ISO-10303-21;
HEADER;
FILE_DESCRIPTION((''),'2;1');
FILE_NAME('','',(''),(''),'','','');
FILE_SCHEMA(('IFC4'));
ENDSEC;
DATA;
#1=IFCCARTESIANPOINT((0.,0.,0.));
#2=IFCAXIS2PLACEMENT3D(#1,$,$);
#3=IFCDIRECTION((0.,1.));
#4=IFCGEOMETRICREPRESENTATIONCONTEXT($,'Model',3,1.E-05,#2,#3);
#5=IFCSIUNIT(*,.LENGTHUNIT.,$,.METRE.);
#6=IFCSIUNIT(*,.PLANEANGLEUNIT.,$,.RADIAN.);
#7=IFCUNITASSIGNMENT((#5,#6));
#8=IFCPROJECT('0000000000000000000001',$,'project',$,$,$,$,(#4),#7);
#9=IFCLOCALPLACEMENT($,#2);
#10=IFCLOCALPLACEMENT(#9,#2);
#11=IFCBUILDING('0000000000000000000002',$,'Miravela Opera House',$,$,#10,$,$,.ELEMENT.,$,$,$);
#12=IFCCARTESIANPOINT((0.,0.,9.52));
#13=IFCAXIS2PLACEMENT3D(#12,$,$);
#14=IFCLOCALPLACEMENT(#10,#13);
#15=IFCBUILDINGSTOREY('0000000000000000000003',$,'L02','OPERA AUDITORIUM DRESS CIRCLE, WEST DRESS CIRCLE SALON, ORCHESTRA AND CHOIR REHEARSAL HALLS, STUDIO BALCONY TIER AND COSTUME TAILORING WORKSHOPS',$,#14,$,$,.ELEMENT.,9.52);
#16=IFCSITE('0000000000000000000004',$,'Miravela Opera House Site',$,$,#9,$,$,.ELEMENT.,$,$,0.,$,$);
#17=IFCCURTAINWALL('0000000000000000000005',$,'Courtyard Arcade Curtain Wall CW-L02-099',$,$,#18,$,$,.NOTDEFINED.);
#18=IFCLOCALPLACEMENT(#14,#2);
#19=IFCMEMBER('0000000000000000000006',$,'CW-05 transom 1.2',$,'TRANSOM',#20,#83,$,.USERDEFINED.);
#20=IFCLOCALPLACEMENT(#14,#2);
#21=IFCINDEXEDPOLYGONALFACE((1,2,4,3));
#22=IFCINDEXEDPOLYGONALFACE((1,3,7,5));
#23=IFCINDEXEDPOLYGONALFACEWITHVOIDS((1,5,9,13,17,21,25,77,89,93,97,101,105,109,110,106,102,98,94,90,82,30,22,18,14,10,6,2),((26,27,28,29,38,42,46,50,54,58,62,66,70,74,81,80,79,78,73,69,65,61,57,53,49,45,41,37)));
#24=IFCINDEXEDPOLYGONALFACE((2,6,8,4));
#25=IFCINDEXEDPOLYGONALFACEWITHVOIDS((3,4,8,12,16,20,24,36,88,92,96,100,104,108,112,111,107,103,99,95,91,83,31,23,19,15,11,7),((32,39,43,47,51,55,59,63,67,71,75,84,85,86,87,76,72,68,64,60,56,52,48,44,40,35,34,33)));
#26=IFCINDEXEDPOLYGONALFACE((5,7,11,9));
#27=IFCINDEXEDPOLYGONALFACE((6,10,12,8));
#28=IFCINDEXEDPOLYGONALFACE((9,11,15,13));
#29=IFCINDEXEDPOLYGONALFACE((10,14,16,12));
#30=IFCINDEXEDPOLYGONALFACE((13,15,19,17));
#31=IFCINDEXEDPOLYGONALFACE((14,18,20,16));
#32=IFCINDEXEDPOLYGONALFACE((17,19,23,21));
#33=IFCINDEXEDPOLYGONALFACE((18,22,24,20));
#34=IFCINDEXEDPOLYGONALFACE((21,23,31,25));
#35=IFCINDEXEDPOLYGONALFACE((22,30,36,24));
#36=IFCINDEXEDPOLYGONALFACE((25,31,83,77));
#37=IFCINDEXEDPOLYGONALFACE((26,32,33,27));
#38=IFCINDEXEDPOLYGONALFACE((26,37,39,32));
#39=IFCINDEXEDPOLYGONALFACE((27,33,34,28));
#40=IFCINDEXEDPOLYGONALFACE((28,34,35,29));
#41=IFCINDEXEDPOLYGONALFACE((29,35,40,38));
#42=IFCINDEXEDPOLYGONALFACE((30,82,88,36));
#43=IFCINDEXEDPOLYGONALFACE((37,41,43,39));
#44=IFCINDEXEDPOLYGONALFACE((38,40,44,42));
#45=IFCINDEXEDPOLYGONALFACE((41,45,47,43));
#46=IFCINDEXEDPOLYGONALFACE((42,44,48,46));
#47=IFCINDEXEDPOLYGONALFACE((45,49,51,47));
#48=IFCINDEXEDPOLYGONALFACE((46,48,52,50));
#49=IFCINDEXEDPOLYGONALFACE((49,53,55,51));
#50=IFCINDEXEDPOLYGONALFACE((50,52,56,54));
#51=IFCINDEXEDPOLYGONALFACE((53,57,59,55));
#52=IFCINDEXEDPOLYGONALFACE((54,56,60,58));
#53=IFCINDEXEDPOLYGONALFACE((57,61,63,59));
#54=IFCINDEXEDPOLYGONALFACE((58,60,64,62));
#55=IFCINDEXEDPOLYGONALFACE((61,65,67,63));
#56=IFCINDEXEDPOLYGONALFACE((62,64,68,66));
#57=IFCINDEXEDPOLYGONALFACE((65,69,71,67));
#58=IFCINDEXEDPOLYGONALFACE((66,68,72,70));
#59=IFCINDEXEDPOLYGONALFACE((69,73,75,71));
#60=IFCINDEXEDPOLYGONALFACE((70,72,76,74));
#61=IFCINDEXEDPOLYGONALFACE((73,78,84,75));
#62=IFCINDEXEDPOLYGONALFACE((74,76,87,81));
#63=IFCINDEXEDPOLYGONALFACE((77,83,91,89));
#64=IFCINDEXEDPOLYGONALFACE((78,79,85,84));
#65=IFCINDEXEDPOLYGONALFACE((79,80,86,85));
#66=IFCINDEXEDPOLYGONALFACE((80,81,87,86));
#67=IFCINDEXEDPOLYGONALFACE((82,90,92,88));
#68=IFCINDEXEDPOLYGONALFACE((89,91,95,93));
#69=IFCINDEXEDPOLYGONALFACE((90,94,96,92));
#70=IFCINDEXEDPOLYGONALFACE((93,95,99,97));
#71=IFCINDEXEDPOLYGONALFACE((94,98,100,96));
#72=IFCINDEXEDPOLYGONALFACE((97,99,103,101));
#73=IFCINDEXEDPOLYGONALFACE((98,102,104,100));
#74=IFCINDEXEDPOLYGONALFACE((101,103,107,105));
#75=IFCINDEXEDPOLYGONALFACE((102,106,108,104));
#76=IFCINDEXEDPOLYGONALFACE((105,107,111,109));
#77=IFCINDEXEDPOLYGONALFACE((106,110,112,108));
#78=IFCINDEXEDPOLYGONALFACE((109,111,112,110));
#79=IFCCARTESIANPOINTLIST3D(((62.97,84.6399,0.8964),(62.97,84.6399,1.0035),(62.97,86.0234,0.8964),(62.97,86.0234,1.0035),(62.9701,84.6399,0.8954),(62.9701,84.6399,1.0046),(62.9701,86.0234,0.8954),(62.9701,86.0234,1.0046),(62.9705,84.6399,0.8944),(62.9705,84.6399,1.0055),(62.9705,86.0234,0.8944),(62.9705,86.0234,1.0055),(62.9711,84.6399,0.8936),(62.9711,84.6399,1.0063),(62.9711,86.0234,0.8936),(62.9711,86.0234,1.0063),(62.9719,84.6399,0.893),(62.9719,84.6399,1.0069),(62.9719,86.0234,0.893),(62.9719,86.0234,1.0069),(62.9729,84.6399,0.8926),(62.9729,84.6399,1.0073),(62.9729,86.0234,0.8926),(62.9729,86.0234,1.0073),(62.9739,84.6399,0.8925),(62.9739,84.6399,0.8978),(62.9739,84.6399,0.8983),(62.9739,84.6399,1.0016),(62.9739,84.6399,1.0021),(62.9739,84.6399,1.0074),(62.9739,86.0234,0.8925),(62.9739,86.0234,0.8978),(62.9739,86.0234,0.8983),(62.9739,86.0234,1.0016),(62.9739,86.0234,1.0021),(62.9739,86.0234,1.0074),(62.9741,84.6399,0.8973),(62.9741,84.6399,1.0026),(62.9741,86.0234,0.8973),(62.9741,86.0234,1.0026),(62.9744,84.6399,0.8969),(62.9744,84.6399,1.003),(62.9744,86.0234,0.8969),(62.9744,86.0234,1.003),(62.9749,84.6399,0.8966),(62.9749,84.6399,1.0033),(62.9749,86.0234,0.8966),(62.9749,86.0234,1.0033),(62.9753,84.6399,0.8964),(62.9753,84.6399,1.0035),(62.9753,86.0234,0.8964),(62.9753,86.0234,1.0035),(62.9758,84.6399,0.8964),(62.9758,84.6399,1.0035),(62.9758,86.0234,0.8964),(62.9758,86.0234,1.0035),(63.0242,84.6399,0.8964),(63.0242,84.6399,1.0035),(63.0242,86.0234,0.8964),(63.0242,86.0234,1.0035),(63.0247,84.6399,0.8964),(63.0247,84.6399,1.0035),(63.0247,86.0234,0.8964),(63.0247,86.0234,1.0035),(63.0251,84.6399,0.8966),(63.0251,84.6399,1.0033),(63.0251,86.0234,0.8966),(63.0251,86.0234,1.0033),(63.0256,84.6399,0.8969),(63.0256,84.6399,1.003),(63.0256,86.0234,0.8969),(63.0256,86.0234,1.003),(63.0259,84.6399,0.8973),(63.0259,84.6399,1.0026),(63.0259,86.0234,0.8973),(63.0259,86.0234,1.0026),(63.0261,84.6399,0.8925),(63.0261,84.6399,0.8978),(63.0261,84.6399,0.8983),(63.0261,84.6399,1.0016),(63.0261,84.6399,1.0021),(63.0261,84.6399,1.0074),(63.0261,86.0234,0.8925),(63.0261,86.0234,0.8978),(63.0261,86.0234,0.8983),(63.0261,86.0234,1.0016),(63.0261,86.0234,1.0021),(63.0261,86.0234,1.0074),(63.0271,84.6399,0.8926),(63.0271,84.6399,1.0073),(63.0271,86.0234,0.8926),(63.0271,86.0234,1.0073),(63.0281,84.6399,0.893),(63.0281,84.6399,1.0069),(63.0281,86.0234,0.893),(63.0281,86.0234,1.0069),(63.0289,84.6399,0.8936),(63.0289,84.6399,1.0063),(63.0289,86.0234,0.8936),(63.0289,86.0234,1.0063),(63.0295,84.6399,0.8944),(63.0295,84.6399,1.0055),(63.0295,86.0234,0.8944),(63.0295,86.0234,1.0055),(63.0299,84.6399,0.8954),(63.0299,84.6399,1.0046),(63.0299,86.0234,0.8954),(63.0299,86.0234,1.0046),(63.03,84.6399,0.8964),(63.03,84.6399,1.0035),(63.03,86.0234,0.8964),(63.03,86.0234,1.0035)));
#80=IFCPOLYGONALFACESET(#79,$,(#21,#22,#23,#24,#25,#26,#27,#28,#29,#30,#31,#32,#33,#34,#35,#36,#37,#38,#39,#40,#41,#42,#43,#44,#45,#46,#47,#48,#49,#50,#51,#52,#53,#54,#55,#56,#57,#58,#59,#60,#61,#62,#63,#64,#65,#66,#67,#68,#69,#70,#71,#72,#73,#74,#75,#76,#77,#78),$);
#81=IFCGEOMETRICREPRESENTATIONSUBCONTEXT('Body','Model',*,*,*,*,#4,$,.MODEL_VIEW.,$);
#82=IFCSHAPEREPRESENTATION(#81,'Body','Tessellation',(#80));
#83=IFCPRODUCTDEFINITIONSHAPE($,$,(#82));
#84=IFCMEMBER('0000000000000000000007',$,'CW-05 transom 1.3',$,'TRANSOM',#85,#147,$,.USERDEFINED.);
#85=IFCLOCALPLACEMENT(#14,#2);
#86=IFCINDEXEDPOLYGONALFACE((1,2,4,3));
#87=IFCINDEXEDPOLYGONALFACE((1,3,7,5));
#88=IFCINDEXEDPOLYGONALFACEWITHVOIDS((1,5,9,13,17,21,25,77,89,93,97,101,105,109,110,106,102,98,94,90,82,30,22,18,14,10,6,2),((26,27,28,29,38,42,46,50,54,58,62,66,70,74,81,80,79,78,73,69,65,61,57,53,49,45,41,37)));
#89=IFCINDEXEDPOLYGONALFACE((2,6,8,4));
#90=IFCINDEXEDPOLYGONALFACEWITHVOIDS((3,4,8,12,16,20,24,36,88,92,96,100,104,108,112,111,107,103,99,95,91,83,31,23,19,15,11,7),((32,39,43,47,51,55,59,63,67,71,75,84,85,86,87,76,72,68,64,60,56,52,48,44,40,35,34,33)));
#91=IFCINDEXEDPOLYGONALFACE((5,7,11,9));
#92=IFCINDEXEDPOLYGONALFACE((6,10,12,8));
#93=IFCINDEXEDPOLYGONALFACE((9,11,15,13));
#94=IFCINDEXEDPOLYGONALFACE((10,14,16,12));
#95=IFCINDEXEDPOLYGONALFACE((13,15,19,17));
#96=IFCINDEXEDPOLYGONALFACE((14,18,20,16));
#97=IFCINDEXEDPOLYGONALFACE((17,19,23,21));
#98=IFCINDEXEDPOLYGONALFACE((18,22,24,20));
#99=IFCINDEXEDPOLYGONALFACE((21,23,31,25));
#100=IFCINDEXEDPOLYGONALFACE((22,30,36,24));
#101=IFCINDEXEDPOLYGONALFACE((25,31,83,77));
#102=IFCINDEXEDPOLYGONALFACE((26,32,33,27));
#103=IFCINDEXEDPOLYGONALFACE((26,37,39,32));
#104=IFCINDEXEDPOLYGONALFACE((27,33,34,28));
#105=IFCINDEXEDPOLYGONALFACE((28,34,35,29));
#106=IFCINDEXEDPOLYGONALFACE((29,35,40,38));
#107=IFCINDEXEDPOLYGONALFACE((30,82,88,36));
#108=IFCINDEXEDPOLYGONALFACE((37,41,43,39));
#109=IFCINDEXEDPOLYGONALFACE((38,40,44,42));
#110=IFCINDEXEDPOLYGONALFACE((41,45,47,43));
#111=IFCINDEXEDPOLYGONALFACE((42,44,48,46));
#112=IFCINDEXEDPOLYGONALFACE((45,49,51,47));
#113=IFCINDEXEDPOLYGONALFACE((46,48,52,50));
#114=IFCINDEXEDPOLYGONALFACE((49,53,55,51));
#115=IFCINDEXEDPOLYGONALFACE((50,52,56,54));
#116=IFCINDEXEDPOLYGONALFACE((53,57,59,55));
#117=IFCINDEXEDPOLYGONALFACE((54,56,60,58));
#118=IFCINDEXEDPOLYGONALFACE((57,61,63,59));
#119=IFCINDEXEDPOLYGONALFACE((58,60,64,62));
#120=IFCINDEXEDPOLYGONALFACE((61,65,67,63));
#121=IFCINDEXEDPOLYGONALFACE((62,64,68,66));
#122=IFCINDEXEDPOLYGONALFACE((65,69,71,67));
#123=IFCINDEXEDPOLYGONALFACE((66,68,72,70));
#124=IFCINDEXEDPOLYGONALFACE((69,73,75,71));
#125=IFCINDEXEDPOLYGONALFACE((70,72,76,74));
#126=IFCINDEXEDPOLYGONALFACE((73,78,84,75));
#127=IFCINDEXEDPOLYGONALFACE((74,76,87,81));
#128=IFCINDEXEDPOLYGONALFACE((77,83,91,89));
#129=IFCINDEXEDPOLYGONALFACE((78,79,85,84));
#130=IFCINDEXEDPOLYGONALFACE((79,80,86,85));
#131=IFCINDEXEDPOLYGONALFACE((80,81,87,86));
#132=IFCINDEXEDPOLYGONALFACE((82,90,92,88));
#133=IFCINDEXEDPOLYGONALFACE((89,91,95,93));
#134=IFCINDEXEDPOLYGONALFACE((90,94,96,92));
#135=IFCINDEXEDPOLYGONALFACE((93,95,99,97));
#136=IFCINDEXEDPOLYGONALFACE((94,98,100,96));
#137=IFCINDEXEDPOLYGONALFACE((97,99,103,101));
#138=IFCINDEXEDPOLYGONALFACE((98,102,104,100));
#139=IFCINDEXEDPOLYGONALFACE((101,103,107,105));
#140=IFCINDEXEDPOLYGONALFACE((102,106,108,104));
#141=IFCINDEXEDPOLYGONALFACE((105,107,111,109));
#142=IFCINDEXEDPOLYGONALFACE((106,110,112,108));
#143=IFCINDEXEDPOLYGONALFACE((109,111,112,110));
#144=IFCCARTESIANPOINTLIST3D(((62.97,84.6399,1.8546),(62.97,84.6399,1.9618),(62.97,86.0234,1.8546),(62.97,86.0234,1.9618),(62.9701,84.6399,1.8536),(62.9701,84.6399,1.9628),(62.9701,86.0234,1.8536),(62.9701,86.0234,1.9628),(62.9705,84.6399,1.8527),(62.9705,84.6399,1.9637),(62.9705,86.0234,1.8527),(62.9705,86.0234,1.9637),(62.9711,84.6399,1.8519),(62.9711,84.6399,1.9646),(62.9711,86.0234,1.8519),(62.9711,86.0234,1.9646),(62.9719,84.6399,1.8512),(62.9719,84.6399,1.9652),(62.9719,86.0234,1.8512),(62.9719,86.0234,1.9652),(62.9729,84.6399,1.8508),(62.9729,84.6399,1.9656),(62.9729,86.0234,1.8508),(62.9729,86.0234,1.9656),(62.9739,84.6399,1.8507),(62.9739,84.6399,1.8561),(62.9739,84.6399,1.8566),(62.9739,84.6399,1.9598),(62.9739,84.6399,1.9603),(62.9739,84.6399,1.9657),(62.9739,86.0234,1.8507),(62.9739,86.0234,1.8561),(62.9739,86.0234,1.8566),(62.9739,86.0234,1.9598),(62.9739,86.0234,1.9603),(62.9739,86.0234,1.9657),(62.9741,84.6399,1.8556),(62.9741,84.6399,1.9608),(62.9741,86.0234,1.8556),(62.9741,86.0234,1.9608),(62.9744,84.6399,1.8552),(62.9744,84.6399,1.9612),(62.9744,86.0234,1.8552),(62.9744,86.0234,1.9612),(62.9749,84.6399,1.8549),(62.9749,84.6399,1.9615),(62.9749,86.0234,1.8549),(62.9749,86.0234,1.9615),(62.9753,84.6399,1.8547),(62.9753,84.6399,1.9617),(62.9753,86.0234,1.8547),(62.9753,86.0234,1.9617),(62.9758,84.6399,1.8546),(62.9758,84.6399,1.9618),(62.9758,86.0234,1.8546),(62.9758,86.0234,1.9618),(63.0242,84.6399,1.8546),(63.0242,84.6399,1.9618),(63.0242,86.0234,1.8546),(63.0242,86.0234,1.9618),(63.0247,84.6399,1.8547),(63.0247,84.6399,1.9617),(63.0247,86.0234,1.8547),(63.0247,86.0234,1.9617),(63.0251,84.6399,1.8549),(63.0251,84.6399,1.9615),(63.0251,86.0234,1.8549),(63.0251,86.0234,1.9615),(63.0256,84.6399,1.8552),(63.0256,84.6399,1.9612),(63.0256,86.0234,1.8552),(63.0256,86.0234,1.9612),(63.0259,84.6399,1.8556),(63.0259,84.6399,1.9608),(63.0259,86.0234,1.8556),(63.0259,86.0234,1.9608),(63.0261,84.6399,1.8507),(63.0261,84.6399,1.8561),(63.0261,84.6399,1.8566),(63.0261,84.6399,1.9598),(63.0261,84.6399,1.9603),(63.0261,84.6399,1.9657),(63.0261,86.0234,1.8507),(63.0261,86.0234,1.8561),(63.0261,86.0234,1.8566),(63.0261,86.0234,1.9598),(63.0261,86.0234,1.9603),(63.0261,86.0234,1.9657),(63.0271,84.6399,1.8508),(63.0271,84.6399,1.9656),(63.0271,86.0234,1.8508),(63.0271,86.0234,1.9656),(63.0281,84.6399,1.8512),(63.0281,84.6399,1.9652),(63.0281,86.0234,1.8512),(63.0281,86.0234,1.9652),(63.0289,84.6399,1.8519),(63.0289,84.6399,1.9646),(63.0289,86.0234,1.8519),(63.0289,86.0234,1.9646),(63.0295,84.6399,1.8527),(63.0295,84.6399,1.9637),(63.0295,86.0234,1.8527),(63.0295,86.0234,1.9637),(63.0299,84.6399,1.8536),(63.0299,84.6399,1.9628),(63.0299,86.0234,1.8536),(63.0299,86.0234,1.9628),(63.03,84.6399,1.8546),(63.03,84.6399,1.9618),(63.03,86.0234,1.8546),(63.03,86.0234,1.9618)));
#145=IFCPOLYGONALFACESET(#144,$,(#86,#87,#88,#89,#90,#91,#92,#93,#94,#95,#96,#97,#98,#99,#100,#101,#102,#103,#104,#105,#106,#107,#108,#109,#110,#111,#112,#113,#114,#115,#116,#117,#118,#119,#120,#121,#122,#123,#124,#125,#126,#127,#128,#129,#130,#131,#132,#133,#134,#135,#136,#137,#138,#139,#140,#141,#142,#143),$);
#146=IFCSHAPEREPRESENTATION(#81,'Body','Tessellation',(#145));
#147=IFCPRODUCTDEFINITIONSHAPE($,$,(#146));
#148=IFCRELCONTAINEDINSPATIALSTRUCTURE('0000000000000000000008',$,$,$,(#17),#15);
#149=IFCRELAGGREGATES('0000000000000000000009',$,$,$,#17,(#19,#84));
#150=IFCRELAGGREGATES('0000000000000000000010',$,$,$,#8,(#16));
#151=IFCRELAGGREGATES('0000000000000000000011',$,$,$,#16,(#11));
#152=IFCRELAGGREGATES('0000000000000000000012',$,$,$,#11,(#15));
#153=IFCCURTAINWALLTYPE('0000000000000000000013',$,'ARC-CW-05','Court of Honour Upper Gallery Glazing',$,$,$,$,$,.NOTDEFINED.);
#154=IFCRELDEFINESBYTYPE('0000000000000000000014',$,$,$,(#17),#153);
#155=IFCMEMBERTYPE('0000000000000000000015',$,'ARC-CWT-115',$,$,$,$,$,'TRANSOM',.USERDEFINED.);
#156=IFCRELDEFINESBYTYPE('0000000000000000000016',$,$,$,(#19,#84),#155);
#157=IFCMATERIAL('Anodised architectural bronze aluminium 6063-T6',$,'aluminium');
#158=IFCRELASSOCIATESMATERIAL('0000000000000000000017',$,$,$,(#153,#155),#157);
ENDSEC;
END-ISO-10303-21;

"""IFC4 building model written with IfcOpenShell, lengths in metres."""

from ifc_helpers import new_model, si_unit, direction, frame, origin, origin_2d, place, context, subcontext, project, spatial, hollow_rectangle, extrude, material, material_profile, profile_set, type_object, element, aggregate, save


model = new_model("IFC4")

# Units and contexts
model_context = context("Model", 3, precision=1e-05, world=origin(), true_north=direction((0.0, 1.0)))
body_context = subcontext(model_context, "Body", "Model", "MODEL_VIEW")
ifc_project = project(units=[si_unit("LENGTHUNIT", "METRE"), si_unit("PLANEANGLEUNIT", "RADIAN")], contexts=[model_context])

# Site, building, storey
site_placement = place(None, origin())
site = spatial("IfcSite", under=ifc_project, at=site_placement, Name="Miravela Opera House Site", CompositionType="ELEMENT", RefElevation=0.0)
building_placement = place(site_placement, origin())
building = spatial("IfcBuilding", under=site, at=building_placement, Name="Miravela Opera House", CompositionType="ELEMENT")
storey_placement = place(building_placement, frame((0.0, 0.0, 9.52)))
storey = spatial("IfcBuildingStorey", under=building, at=storey_placement, Name="L02", Description="OPERA AUDITORIUM DRESS CIRCLE, WEST DRESS CIRCLE SALON, ORCHESTRA AND CHOIR REHEARSAL HALLS, STUDIO BALCONY TIER AND COSTUME TAILORING WORKSHOPS", CompositionType="ELEMENT", Elevation=9.52)

# Curtain wall, members
ifc_material_1 = material(Name="Anodised architectural bronze aluminium 6063-T6", Category="aluminium")
curtain_wall_type = type_object("IfcCurtainWallType", Name="ARC-CW-05", Description="Court of Honour Upper Gallery Glazing", PredefinedType="NOTDEFINED", material=ifc_material_1)
curtain_wall_placement = place(storey_placement, origin())
curtain_wall = element("IfcCurtainWall", 1, at=curtain_wall_placement, inside=storey, type_object=curtain_wall_type, Name="Courtyard Arcade Curtain Wall CW-L02-099", PredefinedType="NOTDEFINED")
ifc_material_profile_1 = material_profile(ifc_material_1, hollow_rectangle(XDim=0.0601, YDim=0.115, WallThickness=0.0039, InnerFilletRadius=0.002, OuterFilletRadius=0.0039, at=origin_2d()), Name="CWT-60X115")
ifc_profile_set_1 = profile_set([ifc_material_profile_1])
member_type_1 = type_object("IfcMemberType", Name="ARC-CWT-115", ElementType="TRANSOM", PredefinedType="USERDEFINED", material=ifc_profile_set_1)
member_1_placement = place(storey_placement, frame((63.0, 84.6399, 0.95), z_axis=(0.0, 1.0, 0.0), x_axis=(-1.0, 0.0, 0.0)))
member_1 = element("IfcMember", 2, at=member_1_placement, type_object=member_type_1, Name="CW-05 transom 1.2", ObjectType="TRANSOM", PredefinedType="USERDEFINED", context=body_context, shape_type="SweptSolid", body=[
    extrude(hollow_rectangle(XDim=0.0601, YDim=0.115, WallThickness=0.0039, InnerFilletRadius=0.002, OuterFilletRadius=0.0039, at=origin_2d()), origin(), (0.0, 0.0, 1.0), 1.3835),
])
member_2_placement = place(storey_placement, frame((63.0, 84.6399, 1.9082), z_axis=(0.0, 1.0, 0.0), x_axis=(-1.0, 0.0, 0.0)))
member_2 = element("IfcMember", 3, at=member_2_placement, type_object=member_type_1, Name="CW-05 transom 1.3", ObjectType="TRANSOM", PredefinedType="USERDEFINED", context=body_context, shape_type="SweptSolid", body=[
    extrude(hollow_rectangle(XDim=0.0601, YDim=0.115, WallThickness=0.0039, InnerFilletRadius=0.002, OuterFilletRadius=0.0039, at=origin_2d()), origin(), (0.0, 0.0, 1.0), 1.3835),
])
aggregate(curtain_wall, [member_1, member_2])

save(model, "model.ifc")
